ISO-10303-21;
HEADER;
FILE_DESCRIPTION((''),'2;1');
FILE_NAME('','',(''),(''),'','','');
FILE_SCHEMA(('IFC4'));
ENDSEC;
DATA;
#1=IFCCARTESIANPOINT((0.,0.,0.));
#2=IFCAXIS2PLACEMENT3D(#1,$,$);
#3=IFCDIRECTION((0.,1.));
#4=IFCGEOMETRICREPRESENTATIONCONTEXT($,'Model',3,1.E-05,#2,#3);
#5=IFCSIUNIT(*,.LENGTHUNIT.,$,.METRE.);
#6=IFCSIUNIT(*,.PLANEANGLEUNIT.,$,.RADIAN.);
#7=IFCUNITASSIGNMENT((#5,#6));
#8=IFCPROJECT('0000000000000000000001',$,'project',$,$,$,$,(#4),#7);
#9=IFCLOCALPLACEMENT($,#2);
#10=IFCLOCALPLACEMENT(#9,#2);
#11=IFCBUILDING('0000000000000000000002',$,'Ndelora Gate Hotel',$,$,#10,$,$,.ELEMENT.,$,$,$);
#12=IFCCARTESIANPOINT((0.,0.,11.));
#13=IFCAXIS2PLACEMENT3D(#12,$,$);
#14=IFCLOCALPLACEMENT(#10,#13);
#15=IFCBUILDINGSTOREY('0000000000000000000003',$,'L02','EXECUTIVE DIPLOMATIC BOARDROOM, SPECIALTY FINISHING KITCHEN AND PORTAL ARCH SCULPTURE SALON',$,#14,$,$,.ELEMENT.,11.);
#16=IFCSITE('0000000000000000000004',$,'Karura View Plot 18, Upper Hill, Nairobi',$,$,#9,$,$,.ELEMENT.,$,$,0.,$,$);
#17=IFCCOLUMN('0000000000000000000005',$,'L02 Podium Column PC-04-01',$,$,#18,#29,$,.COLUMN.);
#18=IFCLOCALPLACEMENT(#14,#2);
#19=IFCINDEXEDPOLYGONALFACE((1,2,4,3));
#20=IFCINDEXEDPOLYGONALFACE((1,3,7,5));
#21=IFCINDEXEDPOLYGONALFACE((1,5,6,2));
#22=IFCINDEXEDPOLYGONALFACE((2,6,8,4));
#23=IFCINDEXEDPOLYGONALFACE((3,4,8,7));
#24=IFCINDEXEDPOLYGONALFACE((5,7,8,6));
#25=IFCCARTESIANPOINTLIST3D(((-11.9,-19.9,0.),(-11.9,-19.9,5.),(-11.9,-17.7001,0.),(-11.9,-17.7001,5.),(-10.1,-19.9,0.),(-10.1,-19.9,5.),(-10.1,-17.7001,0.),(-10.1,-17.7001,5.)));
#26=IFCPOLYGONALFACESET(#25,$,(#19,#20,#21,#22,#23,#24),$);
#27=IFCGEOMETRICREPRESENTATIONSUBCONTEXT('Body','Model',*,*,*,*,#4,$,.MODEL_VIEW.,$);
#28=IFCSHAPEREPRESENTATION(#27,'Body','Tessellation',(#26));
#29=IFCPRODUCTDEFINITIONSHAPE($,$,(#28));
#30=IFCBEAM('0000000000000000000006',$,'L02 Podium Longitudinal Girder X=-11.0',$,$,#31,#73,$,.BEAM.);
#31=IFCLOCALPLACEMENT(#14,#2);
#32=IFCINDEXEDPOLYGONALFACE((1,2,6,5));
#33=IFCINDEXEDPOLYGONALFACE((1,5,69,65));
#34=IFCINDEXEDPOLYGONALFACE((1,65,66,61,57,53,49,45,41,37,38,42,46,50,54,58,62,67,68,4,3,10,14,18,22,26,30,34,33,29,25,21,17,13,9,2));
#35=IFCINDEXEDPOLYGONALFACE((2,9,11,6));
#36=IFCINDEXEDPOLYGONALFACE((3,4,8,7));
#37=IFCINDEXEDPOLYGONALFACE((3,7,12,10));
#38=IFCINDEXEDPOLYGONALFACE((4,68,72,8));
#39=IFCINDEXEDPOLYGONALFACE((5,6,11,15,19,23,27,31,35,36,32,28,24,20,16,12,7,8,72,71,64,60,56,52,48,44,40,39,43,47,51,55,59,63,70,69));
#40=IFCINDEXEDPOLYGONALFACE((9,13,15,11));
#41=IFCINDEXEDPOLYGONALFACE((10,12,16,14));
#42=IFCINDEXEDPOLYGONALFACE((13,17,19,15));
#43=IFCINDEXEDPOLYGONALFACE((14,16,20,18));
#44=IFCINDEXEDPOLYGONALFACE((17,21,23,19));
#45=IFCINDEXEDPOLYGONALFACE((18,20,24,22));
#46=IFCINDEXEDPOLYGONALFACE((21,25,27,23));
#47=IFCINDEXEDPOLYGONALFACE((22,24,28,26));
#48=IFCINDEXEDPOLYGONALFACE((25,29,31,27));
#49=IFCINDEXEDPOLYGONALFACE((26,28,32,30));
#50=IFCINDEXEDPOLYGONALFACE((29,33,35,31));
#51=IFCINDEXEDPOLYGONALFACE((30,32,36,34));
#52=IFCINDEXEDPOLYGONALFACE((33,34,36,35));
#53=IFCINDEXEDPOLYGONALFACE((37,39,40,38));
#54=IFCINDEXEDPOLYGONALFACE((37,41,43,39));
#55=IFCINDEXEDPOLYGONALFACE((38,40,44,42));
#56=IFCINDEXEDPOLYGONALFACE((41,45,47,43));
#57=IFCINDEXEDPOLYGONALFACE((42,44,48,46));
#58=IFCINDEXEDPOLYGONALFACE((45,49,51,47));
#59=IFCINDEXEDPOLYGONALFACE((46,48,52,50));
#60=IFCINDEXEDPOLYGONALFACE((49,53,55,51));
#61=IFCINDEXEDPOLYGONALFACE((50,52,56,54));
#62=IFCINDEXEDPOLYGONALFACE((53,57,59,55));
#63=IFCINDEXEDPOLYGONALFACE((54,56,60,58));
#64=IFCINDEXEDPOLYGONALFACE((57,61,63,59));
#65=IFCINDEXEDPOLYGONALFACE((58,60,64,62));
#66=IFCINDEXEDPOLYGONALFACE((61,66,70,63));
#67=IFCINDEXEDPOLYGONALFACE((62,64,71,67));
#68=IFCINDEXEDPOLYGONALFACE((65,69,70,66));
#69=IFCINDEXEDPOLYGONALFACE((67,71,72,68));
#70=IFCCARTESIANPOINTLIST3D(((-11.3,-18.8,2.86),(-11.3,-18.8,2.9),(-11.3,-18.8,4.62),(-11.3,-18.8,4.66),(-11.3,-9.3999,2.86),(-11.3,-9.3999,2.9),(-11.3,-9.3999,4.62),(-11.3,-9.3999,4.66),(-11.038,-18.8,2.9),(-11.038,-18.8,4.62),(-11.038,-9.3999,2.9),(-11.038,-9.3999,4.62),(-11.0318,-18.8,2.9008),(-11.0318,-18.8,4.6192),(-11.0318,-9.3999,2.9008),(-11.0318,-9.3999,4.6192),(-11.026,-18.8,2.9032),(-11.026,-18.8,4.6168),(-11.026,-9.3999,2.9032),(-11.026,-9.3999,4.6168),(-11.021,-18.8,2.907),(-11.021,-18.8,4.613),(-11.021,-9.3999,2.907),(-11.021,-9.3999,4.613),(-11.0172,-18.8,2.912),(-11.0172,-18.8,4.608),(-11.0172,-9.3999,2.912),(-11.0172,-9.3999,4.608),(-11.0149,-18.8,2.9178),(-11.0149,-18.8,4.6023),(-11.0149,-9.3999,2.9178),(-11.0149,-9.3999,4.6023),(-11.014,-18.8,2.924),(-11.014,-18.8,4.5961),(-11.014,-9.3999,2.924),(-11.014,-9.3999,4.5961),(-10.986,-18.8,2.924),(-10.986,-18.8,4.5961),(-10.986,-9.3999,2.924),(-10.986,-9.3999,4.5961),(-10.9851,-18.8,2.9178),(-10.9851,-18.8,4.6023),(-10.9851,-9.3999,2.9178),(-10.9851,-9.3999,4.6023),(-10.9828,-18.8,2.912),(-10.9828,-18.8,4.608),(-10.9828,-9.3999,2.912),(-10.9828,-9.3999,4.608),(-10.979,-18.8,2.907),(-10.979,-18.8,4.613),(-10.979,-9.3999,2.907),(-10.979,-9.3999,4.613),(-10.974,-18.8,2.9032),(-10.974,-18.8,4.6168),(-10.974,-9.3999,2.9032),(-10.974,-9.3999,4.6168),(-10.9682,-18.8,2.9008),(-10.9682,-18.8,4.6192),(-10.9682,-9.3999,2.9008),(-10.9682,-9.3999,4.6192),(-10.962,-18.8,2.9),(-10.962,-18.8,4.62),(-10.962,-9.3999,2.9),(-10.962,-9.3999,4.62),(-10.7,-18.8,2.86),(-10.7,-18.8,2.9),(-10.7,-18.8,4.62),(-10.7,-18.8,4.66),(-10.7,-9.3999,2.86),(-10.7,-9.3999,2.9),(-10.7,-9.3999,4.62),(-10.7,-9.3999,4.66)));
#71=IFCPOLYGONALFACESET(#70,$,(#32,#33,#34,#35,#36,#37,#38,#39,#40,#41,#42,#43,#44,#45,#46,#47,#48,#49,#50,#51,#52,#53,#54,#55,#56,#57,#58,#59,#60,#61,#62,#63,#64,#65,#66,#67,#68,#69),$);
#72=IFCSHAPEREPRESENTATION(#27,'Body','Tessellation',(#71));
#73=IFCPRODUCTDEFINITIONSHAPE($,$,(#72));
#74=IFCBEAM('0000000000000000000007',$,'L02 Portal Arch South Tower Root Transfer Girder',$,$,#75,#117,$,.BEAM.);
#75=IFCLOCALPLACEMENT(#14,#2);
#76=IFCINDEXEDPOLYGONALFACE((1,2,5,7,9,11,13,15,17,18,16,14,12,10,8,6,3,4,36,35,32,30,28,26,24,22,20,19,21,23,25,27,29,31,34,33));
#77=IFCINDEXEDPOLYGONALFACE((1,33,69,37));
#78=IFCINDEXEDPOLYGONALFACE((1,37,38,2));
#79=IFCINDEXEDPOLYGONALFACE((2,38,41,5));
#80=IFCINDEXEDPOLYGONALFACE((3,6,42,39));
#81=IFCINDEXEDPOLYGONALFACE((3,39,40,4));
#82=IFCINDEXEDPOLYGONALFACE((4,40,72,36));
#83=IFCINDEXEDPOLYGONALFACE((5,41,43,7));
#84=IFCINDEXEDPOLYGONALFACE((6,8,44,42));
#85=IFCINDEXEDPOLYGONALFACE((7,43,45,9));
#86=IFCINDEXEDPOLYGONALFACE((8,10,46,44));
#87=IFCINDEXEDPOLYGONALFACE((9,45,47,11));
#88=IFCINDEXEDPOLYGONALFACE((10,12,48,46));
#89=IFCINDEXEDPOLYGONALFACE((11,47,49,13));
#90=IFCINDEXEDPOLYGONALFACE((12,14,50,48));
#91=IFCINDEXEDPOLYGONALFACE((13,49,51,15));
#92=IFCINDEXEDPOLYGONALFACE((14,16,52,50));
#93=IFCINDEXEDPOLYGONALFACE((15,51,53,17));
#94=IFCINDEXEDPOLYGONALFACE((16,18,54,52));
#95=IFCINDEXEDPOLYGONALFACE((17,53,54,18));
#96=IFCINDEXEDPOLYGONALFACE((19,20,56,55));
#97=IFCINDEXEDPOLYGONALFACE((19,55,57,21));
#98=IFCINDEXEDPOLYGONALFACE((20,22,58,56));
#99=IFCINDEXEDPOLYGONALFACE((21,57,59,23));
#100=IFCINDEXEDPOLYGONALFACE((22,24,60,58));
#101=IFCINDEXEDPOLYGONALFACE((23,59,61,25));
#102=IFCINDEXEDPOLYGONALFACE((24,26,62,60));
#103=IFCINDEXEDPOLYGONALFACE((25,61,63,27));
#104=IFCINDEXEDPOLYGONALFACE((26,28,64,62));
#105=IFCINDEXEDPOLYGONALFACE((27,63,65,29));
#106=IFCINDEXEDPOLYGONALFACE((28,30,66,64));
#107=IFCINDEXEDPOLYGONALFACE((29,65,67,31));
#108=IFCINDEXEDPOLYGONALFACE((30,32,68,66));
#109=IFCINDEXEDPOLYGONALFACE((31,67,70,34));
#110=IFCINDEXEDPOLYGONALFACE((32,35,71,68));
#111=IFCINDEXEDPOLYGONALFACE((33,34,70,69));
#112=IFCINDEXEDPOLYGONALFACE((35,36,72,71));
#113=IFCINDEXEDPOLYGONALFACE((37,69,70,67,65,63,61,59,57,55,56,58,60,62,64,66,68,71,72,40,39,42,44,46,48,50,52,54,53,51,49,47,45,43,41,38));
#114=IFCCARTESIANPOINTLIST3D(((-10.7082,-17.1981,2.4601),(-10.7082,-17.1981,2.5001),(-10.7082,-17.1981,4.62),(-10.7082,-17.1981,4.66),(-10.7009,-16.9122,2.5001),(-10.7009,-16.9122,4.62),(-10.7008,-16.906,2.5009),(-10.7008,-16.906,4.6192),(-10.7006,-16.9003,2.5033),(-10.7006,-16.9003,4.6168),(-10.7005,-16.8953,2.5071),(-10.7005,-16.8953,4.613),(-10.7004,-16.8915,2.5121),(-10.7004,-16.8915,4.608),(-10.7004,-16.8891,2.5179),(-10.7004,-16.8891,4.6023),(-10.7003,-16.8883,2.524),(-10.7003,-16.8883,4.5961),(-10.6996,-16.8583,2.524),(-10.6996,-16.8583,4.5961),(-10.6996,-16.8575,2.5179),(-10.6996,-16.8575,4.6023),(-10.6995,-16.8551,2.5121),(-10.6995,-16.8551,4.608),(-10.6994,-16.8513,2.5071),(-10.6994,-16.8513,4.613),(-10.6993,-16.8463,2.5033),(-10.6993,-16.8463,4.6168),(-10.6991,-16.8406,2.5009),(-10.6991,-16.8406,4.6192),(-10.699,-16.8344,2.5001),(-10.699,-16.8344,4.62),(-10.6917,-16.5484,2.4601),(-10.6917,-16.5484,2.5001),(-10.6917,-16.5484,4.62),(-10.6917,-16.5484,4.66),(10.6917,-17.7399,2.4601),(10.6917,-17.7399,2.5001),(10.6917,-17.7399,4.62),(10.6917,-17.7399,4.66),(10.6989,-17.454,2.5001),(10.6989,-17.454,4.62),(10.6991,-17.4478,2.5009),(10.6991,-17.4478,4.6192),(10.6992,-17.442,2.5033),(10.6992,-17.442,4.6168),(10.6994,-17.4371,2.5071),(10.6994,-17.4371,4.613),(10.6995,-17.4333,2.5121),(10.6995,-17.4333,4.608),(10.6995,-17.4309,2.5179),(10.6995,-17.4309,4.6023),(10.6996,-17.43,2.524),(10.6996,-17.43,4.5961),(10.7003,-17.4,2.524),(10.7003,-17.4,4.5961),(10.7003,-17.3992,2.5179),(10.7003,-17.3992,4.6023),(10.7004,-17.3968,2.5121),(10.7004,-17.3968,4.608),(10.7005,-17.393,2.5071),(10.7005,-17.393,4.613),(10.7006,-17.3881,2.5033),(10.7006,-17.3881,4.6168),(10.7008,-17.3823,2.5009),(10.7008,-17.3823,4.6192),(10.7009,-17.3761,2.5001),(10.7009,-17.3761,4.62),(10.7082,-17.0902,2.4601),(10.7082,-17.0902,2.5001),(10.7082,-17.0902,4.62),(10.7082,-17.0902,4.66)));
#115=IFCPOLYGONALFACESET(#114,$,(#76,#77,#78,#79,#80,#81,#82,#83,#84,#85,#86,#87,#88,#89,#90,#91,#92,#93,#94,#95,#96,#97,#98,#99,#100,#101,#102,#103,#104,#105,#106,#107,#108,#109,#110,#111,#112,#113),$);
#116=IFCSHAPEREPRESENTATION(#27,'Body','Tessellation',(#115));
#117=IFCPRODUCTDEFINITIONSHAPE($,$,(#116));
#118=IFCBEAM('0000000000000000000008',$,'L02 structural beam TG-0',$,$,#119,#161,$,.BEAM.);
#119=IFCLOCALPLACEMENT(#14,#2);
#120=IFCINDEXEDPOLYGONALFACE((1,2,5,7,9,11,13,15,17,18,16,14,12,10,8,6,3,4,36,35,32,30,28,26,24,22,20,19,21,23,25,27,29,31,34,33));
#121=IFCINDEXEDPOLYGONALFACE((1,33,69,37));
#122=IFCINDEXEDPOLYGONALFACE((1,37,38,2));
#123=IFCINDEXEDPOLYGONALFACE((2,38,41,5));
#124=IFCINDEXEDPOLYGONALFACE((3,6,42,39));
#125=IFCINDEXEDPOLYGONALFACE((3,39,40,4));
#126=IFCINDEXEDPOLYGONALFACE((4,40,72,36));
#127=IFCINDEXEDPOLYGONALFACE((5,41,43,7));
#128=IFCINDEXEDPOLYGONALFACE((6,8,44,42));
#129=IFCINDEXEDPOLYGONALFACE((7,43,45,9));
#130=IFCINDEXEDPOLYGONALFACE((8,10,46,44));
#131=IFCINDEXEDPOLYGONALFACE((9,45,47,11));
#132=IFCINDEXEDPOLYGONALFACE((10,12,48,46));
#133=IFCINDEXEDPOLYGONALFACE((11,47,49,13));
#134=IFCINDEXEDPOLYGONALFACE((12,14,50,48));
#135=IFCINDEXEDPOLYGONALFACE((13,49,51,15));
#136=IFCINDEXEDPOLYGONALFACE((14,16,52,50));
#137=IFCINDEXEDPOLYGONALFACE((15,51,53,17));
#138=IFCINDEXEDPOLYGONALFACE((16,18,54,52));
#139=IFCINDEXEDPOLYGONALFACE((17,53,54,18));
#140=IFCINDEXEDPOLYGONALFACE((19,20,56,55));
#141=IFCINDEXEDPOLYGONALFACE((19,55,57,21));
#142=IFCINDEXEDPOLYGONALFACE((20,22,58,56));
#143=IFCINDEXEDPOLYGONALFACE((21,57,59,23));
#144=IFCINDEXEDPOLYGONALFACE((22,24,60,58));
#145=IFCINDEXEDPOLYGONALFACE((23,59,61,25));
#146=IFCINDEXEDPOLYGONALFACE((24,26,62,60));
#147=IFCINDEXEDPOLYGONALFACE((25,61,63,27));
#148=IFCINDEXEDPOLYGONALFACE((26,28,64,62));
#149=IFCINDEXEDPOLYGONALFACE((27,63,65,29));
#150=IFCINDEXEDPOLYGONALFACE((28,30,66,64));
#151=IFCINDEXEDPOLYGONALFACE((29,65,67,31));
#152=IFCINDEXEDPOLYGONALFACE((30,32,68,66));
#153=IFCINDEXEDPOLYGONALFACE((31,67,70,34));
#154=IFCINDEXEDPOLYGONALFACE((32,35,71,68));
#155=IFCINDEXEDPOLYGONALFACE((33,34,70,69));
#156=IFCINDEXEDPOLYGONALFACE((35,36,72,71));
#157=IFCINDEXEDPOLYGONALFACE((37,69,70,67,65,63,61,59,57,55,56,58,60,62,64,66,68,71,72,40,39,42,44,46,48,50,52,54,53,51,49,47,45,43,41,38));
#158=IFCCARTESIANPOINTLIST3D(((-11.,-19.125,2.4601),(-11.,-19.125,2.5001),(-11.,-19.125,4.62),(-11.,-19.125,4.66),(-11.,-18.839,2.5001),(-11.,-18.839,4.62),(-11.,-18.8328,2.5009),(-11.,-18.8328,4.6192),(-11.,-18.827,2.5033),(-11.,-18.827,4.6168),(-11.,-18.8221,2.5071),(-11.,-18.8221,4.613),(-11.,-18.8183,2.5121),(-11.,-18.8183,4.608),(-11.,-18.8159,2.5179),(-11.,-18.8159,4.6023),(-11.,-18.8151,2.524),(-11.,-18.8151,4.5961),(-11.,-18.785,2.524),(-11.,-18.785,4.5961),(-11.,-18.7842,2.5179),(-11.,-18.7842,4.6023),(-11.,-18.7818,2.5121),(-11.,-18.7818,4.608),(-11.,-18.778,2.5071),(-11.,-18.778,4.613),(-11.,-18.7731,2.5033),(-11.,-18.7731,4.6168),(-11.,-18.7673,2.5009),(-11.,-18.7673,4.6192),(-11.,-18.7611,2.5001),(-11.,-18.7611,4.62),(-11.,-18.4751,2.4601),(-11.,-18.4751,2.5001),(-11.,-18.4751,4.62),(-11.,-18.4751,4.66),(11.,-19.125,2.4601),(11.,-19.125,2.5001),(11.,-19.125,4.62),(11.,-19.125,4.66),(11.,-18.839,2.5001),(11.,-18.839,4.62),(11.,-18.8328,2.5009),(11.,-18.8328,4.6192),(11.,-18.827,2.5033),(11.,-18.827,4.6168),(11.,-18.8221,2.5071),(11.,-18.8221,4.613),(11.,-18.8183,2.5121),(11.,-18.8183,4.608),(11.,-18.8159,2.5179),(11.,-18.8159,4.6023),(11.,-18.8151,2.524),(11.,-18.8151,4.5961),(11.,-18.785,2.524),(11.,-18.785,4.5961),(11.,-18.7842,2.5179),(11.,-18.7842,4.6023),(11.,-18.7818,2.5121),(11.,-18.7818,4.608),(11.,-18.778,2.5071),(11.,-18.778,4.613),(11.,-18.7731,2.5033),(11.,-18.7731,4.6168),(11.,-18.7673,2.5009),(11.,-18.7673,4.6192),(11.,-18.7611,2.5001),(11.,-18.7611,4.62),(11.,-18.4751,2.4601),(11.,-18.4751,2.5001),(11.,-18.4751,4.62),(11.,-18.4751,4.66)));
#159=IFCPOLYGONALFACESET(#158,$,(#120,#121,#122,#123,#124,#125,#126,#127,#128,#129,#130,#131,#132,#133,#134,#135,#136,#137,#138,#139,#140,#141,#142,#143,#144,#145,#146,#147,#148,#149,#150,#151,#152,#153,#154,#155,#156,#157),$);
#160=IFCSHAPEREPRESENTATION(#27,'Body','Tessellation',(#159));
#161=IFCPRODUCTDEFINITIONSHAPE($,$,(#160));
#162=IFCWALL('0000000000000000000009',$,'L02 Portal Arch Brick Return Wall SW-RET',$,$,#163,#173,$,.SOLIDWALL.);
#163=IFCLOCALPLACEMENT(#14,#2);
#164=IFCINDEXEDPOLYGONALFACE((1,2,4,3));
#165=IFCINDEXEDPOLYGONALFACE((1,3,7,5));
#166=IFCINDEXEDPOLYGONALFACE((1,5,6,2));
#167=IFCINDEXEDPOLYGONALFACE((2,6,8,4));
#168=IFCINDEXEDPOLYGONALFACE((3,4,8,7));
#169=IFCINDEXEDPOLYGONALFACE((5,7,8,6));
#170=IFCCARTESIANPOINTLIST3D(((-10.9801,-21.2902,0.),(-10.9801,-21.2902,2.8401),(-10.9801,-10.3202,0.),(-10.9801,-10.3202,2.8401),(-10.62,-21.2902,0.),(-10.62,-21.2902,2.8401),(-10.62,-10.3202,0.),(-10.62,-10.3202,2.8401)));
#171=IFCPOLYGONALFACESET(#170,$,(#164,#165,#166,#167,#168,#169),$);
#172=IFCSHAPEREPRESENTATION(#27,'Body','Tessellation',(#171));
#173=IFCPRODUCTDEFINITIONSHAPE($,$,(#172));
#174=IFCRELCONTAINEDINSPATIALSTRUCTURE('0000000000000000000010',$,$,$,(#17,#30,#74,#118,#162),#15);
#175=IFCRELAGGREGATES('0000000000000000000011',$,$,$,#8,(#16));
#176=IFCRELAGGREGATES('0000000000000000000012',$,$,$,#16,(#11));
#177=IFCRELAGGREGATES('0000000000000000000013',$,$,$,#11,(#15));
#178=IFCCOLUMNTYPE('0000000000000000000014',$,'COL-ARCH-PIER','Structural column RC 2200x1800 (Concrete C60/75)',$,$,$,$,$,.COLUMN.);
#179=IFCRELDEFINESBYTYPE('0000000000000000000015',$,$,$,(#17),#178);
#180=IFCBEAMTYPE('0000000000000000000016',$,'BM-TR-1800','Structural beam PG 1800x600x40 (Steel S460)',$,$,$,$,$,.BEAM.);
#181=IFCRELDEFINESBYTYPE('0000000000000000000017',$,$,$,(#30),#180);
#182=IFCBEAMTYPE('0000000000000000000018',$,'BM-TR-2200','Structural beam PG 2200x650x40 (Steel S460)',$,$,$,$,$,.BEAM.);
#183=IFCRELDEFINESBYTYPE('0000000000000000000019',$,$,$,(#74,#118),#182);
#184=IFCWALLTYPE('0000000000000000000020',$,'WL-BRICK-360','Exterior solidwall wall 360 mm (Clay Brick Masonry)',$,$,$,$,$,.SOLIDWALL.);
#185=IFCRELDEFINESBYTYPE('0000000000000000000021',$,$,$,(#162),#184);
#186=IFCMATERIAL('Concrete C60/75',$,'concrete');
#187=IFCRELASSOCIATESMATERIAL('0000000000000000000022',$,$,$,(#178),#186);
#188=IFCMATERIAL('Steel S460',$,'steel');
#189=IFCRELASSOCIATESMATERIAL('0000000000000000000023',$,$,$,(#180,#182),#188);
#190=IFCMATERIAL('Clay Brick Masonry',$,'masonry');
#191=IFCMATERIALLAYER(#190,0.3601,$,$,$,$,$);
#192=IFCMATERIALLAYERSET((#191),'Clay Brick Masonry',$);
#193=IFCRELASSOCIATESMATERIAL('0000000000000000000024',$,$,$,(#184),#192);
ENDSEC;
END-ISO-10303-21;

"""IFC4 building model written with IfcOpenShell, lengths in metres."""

from ifc_helpers import new_model, si_unit, direction, frame, frame_2d, origin, origin_2d, place, context, subcontext, project, spatial, rectangle, i_section, extrude, material, layer, layer_set, material_profile, profile_set, type_object, element, save


model = new_model("IFC4")

# Units and contexts
model_context = context("Model", 3, precision=1e-05, world=origin(), true_north=direction((0.0, 1.0)))
body_context = subcontext(model_context, "Body", "Model", "MODEL_VIEW")
ifc_project = project(units=[si_unit("LENGTHUNIT", "METRE"), si_unit("PLANEANGLEUNIT", "RADIAN")], contexts=[model_context])

# Site, building, storey
site_placement = place(None, origin())
site = spatial("IfcSite", under=ifc_project, at=site_placement, Name="Karura View Plot 18, Upper Hill, Nairobi", CompositionType="ELEMENT", RefElevation=0.0)
building_placement = place(site_placement, origin())
building = spatial("IfcBuilding", under=site, at=building_placement, Name="Ndelora Gate Hotel", CompositionType="ELEMENT")
storey_placement = place(building_placement, frame((0.0, 0.0, 11.0)))
storey = spatial("IfcBuildingStorey", under=building, at=storey_placement, Name="L02", Description="EXECUTIVE DIPLOMATIC BOARDROOM, SPECIALTY FINISHING KITCHEN AND PORTAL ARCH SCULPTURE SALON", CompositionType="ELEMENT", Elevation=11.0)

# Column
ifc_material_1 = material(Name="Concrete C60/75", Category="concrete")
ifc_material_profile_1 = material_profile(ifc_material_1, rectangle(XDim=1.8, YDim=2.2, at=origin_2d()), Name="RC 2200x1800")
ifc_profile_set_1 = profile_set([ifc_material_profile_1], Name="Concrete C60/75")
column_type = type_object("IfcColumnType", Name="COL-ARCH-PIER", Description="Structural column RC 2200x1800 (Concrete C60/75)", PredefinedType="COLUMN", material=ifc_profile_set_1)
column_placement = place(storey_placement, frame((-11.0, -18.8, 0.0), z_axis=(0.0, 0.0, 1.0), x_axis=(1.0, 0.0, 0.0)))
element("IfcColumn", 1, at=column_placement, inside=storey, type_object=column_type, Name="L02 Podium Column PC-04-01", PredefinedType="COLUMN", context=body_context, shape_type="SweptSolid", body=[
    extrude(rectangle(XDim=1.8, YDim=2.2, at=origin_2d()), origin(), (0.0, 0.0, 1.0), 5.0),
])

# Beams
ifc_material_2 = material(Name="Steel S460", Category="steel")
ifc_material_profile_2 = material_profile(ifc_material_2, i_section(OverallWidth=0.6001, OverallDepth=1.8, WebThickness=0.0281, FlangeThickness=0.04, FilletRadius=0.0239, at=origin_2d()), Name="PG 1800x600x40")
ifc_profile_set_2 = profile_set([ifc_material_profile_2], Name="Steel S460")
beam_type_1 = type_object("IfcBeamType", Name="BM-TR-1800", Description="Structural beam PG 1800x600x40 (Steel S460)", PredefinedType="BEAM", material=ifc_profile_set_2)
beam_1_placement = place(storey_placement, frame((-11.0, -18.8, 3.76), z_axis=(0.0, 1.0, 0.0), x_axis=(-1.0, 0.0, 0.0)))
element("IfcBeam", 2, at=beam_1_placement, inside=storey, type_object=beam_type_1, Name="L02 Podium Longitudinal Girder X=-11.0", PredefinedType="BEAM", context=body_context, shape_type="SweptSolid", body=[
    extrude(i_section(OverallWidth=0.6001, OverallDepth=1.8, WebThickness=0.0281, FlangeThickness=0.04, FilletRadius=0.0239, at=origin_2d()), origin(), (0.0, 0.0, 1.0), 9.4001),
])
ifc_material_profile_3 = material_profile(ifc_material_2, i_section(OverallWidth=0.6499, OverallDepth=2.2, WebThickness=0.03, FlangeThickness=0.04, FilletRadius=0.0239, at=origin_2d()), Name="PG 2200x650x40")
ifc_profile_set_3 = profile_set([ifc_material_profile_3], Name="Steel S460")
beam_type_2 = type_object("IfcBeamType", Name="BM-TR-2200", Description="Structural beam PG 2200x650x40 (Steel S460)", PredefinedType="BEAM", material=ifc_profile_set_3)
beam_2_placement = place(storey_placement, frame((-10.7, -16.8733, 3.5601), z_axis=(0.99968, -0.025307, 0.0), x_axis=(0.025307, 0.99968, 0.0)))
element("IfcBeam", 3, at=beam_2_placement, inside=storey, type_object=beam_type_2, Name="L02 Portal Arch South Tower Root Transfer Girder", PredefinedType="BEAM", context=body_context, shape_type="SweptSolid", body=[
    extrude(i_section(OverallWidth=0.6499, OverallDepth=2.2, WebThickness=0.03, FlangeThickness=0.04, FilletRadius=0.0239, at=origin_2d()), origin(), (0.0, 0.0, 1.0), 21.4067),
])
beam_3_placement = place(storey_placement, frame((-11.0, -18.8, 3.5601), z_axis=(1.0, 0.0, 0.0), x_axis=(0.0, 1.0, 0.0)))
element("IfcBeam", 4, at=beam_3_placement, inside=storey, type_object=beam_type_2, Name="L02 structural beam TG-0", PredefinedType="BEAM", context=body_context, shape_type="SweptSolid", body=[
    extrude(i_section(OverallWidth=0.6499, OverallDepth=2.2, WebThickness=0.03, FlangeThickness=0.04, FilletRadius=0.0239, at=origin_2d()), origin(), (0.0, 0.0, 1.0), 22.0),
])

# Wall
ifc_material_3 = material(Name="Clay Brick Masonry", Category="masonry")
ifc_layer_1 = layer(ifc_material_3, 0.3601)
ifc_layer_set_1 = layer_set([ifc_layer_1], Name="Clay Brick Masonry")
wall_type_1 = type_object("IfcWallType", Name="WL-BRICK-360", Description="Exterior solidwall wall 360 mm (Clay Brick Masonry)", PredefinedType="SOLIDWALL", material=ifc_layer_set_1)
wall_1_placement = place(storey_placement, frame((-10.8, -21.29, 0.0), z_axis=(0.0, 0.0, 1.0), x_axis=(0.0, 1.0, 0.0)))
element("IfcWall", 5, at=wall_1_placement, inside=storey, type_object=wall_type_1, Name="L02 Portal Arch Brick Return Wall SW-RET", PredefinedType="SOLIDWALL", context=body_context, shape_type="SweptSolid", body=[
    extrude(rectangle(XDim=10.97, YDim=0.3601, at=frame_2d((5.4849, 0.0))), origin(), (0.0, 0.0, 1.0), 2.8401),
])

save(model, "model.ifc")
